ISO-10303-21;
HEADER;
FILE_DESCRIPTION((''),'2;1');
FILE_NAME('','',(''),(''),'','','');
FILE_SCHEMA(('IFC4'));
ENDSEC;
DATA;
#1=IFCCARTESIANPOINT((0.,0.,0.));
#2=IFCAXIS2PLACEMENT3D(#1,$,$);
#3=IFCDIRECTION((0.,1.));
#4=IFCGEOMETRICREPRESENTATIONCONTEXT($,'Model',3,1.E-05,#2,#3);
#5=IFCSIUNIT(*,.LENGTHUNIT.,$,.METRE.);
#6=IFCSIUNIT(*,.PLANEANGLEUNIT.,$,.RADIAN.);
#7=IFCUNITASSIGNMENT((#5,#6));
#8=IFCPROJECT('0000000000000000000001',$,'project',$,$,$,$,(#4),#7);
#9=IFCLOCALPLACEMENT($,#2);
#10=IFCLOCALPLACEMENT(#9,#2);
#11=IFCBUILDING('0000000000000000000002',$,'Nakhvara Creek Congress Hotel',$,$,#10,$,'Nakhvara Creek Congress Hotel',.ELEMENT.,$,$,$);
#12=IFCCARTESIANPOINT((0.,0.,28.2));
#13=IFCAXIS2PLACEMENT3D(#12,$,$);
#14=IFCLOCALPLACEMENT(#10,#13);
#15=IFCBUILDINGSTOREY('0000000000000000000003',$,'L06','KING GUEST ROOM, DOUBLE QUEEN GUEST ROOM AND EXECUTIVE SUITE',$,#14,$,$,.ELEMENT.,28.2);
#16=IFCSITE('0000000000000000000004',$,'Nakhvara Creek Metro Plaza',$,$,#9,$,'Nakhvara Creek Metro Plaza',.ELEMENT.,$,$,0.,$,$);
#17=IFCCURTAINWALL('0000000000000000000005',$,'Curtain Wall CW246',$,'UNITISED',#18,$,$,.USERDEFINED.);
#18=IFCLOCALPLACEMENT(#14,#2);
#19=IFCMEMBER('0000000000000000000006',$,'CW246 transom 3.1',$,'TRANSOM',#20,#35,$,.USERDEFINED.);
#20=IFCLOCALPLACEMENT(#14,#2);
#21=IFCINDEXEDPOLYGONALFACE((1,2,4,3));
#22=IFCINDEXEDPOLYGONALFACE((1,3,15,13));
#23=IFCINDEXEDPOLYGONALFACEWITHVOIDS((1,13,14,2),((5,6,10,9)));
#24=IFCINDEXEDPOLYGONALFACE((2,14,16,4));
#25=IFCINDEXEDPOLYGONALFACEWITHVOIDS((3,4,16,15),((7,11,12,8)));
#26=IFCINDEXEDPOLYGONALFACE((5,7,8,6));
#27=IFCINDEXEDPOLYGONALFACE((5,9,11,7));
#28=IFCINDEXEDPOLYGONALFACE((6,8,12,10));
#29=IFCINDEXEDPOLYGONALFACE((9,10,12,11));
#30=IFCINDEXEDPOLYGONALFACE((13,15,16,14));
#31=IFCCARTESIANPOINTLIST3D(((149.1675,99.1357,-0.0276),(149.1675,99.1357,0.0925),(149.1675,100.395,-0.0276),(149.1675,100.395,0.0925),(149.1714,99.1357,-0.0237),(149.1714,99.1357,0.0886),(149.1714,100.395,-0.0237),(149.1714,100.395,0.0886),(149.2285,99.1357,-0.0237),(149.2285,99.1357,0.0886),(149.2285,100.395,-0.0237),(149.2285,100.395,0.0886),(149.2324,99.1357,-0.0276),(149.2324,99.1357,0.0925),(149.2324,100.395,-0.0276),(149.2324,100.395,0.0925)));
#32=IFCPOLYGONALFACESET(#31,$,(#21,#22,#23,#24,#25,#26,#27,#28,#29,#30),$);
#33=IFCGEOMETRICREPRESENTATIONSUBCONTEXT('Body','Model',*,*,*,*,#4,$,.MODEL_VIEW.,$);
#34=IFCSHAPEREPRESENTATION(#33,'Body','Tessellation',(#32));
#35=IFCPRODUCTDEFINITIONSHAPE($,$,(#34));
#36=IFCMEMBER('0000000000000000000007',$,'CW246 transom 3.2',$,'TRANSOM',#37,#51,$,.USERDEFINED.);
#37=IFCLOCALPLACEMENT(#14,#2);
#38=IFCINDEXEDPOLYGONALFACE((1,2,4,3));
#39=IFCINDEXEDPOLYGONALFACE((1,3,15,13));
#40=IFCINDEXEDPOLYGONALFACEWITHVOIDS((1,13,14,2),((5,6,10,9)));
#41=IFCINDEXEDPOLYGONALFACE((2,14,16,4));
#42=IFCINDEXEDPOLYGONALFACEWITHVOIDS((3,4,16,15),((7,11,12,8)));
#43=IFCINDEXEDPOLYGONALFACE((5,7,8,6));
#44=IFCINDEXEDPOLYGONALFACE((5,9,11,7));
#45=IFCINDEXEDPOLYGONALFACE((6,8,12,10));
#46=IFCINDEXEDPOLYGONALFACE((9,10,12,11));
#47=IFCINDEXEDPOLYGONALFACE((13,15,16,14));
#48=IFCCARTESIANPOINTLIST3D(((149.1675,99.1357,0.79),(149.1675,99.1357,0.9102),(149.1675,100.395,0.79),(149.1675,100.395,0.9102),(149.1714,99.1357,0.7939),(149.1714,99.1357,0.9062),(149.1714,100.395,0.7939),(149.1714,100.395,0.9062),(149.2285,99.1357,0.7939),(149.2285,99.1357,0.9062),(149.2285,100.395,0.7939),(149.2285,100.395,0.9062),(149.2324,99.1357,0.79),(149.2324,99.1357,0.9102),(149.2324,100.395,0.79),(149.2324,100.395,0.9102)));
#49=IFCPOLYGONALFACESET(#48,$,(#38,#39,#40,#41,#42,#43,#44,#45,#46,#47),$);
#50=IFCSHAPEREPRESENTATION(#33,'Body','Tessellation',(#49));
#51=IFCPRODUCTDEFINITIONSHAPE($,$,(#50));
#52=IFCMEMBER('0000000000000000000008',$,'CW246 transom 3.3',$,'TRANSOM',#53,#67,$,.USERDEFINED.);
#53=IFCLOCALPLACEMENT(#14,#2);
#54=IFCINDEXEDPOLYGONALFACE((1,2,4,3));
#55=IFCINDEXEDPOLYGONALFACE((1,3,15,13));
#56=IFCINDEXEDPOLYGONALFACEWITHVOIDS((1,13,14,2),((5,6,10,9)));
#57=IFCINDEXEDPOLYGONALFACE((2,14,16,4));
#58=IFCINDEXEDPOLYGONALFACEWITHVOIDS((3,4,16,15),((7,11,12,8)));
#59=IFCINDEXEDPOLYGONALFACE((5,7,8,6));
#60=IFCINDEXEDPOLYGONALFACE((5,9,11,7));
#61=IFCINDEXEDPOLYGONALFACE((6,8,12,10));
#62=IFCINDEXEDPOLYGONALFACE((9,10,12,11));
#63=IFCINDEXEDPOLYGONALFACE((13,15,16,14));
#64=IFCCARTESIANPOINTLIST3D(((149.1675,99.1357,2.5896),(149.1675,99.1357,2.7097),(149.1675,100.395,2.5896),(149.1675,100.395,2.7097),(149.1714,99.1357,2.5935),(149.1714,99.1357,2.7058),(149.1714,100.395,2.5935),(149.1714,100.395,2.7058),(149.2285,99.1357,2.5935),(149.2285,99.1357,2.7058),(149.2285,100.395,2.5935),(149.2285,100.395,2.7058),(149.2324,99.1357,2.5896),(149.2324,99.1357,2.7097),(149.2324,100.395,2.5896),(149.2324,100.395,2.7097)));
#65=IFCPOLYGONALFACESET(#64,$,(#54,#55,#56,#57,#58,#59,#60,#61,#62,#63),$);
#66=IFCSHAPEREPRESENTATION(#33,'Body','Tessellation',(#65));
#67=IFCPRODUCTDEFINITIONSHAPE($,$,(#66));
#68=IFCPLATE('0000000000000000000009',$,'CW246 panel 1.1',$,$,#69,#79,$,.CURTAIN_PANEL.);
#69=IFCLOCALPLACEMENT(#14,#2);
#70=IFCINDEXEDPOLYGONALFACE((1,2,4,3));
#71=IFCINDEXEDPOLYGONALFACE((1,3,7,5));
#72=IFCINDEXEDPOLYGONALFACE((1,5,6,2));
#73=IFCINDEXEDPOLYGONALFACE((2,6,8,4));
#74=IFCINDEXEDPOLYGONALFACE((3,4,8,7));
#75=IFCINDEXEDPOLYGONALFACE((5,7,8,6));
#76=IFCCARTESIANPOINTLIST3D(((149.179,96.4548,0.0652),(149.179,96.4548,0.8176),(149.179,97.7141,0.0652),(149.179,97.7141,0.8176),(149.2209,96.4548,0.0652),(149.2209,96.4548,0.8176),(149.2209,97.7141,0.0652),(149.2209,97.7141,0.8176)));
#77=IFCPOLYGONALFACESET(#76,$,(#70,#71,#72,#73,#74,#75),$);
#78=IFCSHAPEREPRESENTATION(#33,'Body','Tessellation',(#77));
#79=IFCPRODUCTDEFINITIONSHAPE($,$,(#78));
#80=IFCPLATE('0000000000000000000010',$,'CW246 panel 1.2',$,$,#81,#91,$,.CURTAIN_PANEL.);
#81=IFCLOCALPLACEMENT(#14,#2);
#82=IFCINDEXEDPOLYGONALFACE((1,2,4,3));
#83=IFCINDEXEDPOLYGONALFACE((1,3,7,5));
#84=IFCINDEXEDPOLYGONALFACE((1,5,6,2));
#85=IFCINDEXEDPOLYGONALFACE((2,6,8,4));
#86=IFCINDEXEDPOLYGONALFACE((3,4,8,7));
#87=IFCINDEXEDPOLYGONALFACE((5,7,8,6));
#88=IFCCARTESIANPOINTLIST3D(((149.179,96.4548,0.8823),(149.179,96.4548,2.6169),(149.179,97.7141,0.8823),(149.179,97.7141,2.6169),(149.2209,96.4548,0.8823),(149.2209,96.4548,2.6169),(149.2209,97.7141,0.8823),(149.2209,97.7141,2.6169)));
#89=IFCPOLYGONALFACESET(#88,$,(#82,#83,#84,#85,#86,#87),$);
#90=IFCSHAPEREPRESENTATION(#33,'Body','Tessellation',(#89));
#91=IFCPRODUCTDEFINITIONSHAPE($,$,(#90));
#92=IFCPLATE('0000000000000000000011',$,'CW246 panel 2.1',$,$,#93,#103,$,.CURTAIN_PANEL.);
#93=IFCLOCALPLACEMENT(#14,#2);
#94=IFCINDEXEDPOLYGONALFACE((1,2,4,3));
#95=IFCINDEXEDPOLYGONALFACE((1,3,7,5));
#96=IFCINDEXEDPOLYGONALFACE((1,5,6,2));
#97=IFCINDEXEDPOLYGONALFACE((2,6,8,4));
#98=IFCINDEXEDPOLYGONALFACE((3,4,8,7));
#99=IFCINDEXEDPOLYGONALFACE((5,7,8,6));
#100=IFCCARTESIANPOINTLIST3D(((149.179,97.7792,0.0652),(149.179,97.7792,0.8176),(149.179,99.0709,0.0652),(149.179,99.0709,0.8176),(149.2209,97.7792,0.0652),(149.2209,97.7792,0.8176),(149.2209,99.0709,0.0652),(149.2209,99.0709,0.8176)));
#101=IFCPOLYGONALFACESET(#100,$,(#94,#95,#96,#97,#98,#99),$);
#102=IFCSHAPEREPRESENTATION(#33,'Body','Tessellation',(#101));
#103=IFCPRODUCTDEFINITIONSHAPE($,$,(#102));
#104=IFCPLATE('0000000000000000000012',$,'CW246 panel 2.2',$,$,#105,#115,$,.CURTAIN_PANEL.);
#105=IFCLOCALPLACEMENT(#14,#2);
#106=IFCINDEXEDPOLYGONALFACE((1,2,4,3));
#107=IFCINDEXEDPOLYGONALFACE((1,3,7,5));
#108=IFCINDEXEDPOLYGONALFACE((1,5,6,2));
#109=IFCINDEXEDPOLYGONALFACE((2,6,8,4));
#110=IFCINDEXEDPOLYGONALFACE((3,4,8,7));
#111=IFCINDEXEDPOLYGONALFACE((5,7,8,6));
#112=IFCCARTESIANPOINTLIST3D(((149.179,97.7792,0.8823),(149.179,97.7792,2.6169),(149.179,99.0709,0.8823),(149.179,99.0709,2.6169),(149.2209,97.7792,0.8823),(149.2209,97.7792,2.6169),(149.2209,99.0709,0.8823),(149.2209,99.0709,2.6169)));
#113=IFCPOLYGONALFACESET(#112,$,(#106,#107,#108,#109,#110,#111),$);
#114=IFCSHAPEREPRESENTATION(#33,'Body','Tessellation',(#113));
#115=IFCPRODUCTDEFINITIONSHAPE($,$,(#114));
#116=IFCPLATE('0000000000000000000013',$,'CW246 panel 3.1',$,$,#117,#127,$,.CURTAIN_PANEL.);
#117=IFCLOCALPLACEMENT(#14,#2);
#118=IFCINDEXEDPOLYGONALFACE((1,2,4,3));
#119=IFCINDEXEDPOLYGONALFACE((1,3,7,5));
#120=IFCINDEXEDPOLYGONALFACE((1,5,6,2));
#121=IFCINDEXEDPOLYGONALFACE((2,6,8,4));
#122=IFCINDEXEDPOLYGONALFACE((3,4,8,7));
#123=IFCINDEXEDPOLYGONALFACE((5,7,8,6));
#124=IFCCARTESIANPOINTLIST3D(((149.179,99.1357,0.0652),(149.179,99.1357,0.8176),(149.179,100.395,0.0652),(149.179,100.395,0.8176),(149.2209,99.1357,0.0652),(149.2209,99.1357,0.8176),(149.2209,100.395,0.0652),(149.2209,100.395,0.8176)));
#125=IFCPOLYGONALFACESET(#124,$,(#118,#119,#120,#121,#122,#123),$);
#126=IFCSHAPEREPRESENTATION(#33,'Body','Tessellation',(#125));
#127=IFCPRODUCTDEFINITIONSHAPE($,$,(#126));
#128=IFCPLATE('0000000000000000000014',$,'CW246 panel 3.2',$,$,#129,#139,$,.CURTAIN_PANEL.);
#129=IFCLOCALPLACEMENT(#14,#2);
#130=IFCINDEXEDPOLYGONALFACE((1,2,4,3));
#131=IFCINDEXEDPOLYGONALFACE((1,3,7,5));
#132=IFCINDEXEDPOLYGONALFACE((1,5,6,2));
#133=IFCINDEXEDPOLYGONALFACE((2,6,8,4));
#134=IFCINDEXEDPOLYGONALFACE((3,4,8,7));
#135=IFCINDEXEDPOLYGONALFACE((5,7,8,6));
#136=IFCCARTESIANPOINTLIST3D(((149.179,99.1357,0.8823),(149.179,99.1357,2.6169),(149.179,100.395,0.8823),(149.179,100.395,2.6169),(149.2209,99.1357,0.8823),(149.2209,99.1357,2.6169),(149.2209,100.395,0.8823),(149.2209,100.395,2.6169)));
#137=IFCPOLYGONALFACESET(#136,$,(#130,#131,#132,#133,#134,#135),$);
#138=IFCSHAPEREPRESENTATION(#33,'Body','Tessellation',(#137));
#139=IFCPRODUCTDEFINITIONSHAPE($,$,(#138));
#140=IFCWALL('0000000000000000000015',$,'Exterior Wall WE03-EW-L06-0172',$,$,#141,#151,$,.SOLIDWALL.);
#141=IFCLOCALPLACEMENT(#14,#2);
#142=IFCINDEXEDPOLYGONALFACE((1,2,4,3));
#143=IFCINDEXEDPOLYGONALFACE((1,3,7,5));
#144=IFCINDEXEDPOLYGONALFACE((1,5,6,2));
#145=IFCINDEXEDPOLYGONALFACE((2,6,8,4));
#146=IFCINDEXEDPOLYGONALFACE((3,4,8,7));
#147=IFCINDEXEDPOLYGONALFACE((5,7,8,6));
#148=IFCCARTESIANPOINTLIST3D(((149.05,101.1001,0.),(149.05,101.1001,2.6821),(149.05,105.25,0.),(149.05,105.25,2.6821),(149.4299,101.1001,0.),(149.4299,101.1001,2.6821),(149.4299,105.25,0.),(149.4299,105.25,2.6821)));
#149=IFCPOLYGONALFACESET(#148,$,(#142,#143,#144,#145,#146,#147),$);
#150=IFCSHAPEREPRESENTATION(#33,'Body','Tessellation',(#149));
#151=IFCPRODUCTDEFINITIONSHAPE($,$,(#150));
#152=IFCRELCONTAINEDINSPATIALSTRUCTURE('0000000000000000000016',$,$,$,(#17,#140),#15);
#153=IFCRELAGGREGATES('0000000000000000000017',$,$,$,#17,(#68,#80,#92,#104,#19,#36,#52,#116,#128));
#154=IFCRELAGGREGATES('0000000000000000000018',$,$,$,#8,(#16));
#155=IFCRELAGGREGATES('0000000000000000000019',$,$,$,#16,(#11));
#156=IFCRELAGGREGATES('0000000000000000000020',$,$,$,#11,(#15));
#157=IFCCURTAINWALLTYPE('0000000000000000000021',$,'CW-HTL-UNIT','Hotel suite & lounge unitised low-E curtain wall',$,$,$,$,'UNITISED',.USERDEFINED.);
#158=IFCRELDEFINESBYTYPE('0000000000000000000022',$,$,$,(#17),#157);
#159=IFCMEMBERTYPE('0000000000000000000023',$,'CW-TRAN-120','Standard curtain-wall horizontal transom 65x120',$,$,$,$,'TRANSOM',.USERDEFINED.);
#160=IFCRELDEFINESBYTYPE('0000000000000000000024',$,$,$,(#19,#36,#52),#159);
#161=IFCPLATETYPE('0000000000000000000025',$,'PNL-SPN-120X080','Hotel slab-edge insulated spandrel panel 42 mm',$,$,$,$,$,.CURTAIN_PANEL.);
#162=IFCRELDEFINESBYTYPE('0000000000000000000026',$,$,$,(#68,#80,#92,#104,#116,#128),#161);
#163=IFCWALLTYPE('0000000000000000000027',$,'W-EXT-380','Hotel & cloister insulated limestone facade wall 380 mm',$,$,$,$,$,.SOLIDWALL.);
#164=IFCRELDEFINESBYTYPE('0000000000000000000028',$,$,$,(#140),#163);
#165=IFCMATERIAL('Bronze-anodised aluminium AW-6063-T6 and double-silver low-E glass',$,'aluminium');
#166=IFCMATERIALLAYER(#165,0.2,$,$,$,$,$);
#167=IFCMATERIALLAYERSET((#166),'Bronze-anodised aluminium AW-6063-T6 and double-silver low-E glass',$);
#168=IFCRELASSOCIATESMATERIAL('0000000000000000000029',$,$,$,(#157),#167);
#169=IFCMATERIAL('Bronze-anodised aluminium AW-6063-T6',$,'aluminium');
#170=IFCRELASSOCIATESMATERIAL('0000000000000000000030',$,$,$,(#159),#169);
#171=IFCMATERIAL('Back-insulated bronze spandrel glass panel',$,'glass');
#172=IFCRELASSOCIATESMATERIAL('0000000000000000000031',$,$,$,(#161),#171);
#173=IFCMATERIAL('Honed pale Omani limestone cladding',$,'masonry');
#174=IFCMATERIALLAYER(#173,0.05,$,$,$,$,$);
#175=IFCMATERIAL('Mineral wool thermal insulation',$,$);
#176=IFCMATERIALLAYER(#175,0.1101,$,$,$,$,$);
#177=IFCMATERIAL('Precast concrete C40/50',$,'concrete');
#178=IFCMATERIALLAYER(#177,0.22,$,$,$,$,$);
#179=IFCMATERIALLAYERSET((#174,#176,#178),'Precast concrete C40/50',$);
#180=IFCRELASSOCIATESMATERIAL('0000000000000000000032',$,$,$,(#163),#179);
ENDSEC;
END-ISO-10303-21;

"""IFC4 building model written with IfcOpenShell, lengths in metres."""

from ifc_helpers import new_model, si_unit, direction, frame, frame_2d, origin, origin_2d, place, context, subcontext, project, spatial, rectangle, hollow_rectangle, extrude, material, layer, layer_set, material_profile, profile_set, type_object, element, aggregate, save


model = new_model("IFC4")

# Units and contexts
model_context = context("Model", 3, precision=1e-05, world=origin(), true_north=direction((0.0, 1.0)))
body_context = subcontext(model_context, "Body", "Model", "MODEL_VIEW")
ifc_project = project(units=[si_unit("LENGTHUNIT", "METRE"), si_unit("PLANEANGLEUNIT", "RADIAN")], contexts=[model_context])

# Site, building, storey
site_placement = place(None, origin())
site = spatial("IfcSite", under=ifc_project, at=site_placement, Name="Nakhvara Creek Metro Plaza", LongName="Nakhvara Creek Metro Plaza", CompositionType="ELEMENT", RefElevation=0.0)
building_placement = place(site_placement, origin())
building = spatial("IfcBuilding", under=site, at=building_placement, Name="Nakhvara Creek Congress Hotel", LongName="Nakhvara Creek Congress Hotel", CompositionType="ELEMENT")
storey_placement = place(building_placement, frame((0.0, 0.0, 28.2)))
storey = spatial("IfcBuildingStorey", under=building, at=storey_placement, Name="L06", Description="KING GUEST ROOM, DOUBLE QUEEN GUEST ROOM AND EXECUTIVE SUITE", CompositionType="ELEMENT", Elevation=28.2)

# Shared definitions
ifc_material_1 = material(Name="Bronze-anodised aluminium AW-6063-T6 and double-silver low-E glass", Category="aluminium")
ifc_layer_1 = layer(ifc_material_1, 0.2)
ifc_layer_set_1 = layer_set([ifc_layer_1], Name="Bronze-anodised aluminium AW-6063-T6 and double-silver low-E glass")
curtain_wall_type = type_object("IfcCurtainWallType", Name="CW-HTL-UNIT", Description="Hotel suite & lounge unitised low-E curtain wall", ElementType="UNITISED", PredefinedType="USERDEFINED", material=ifc_layer_set_1)
ifc_material_2 = material(Name="Bronze-anodised aluminium AW-6063-T6", Category="aluminium")

# Curtain wall, members, plates
curtain_wall_1_placement = place(storey_placement, origin())
curtain_wall_1 = element("IfcCurtainWall", 1, at=curtain_wall_1_placement, inside=storey, type_object=curtain_wall_type, Name="Curtain Wall CW246", ObjectType="UNITISED", PredefinedType="USERDEFINED")
ifc_material_profile_1 = material_profile(ifc_material_2, hollow_rectangle(XDim=0.0649, YDim=0.1201, WallThickness=0.0039, at=origin_2d()), Name="ALU-TRAN 65x120x4", Category="LoadBearing")
ifc_profile_set_1 = profile_set([ifc_material_profile_1], Name="Bronze-anodised aluminium AW-6063-T6")
member_type_1 = type_object("IfcMemberType", Name="CW-TRAN-120", Description="Standard curtain-wall horizontal transom 65x120", ElementType="TRANSOM", PredefinedType="USERDEFINED", material=ifc_profile_set_1)
member_1_placement = place(storey_placement, frame((149.2, 99.1357, 0.0325), z_axis=(0.0, 1.0, 0.0), x_axis=(-1.0, 0.0, 0.0)))
member_1 = element("IfcMember", 2, at=member_1_placement, type_object=member_type_1, Name="CW246 transom 3.1", ObjectType="TRANSOM", PredefinedType="USERDEFINED", context=body_context, shape_type="SweptSolid", body=[
    extrude(hollow_rectangle(XDim=0.0649, YDim=0.1201, WallThickness=0.0039, at=origin_2d()), origin(), (0.0, 0.0, 1.0), 1.2593),
])
member_2_placement = place(storey_placement, frame((149.2, 99.1357, 0.8501), z_axis=(0.0, 1.0, 0.0), x_axis=(-1.0, 0.0, 0.0)))
member_2 = element("IfcMember", 3, at=member_2_placement, type_object=member_type_1, Name="CW246 transom 3.2", ObjectType="TRANSOM", PredefinedType="USERDEFINED", context=body_context, shape_type="SweptSolid", body=[
    extrude(hollow_rectangle(XDim=0.0649, YDim=0.1201, WallThickness=0.0039, at=origin_2d()), origin(), (0.0, 0.0, 1.0), 1.2593),
])
member_3_placement = place(storey_placement, frame((149.2, 99.1357, 2.6497), z_axis=(0.0, 1.0, 0.0), x_axis=(-1.0, 0.0, 0.0)))
member_3 = element("IfcMember", 4, at=member_3_placement, type_object=member_type_1, Name="CW246 transom 3.3", ObjectType="TRANSOM", PredefinedType="USERDEFINED", context=body_context, shape_type="SweptSolid", body=[
    extrude(hollow_rectangle(XDim=0.0649, YDim=0.1201, WallThickness=0.0039, at=origin_2d()), origin(), (0.0, 0.0, 1.0), 1.2593),
])
ifc_material_3 = material(Name="Back-insulated bronze spandrel glass panel", Category="glass")
plate_type = type_object("IfcPlateType", Name="PNL-SPN-120X080", Description="Hotel slab-edge insulated spandrel panel 42 mm", PredefinedType="CURTAIN_PANEL", material=ifc_material_3)
plate_1_placement = place(storey_placement, frame((149.2, 97.0845, 0.0652), z_axis=(0.0, 0.0, 1.0), x_axis=(0.0, 1.0, 0.0)))
plate_1 = element("IfcPlate", 5, at=plate_1_placement, type_object=plate_type, Name="CW246 panel 1.1", PredefinedType="CURTAIN_PANEL", context=body_context, shape_type="SweptSolid", body=[
    extrude(rectangle(XDim=1.2593, YDim=0.042, at=origin_2d()), origin(), (0.0, 0.0, 1.0), 0.7524),
])
plate_2_placement = place(storey_placement, frame((149.2, 97.0845, 0.8823), z_axis=(0.0, 0.0, 1.0), x_axis=(0.0, 1.0, 0.0)))
plate_2 = element("IfcPlate", 6, at=plate_2_placement, type_object=plate_type, Name="CW246 panel 1.2", PredefinedType="CURTAIN_PANEL", context=body_context, shape_type="SweptSolid", body=[
    extrude(rectangle(XDim=1.2593, YDim=0.042, at=origin_2d()), origin(), (0.0, 0.0, 1.0), 1.7346),
])
plate_3_placement = place(storey_placement, frame((149.2, 98.425, 0.0652), z_axis=(0.0, 0.0, 1.0), x_axis=(0.0, 1.0, 0.0)))
plate_3 = element("IfcPlate", 7, at=plate_3_placement, type_object=plate_type, Name="CW246 panel 2.1", PredefinedType="CURTAIN_PANEL", context=body_context, shape_type="SweptSolid", body=[
    extrude(rectangle(XDim=1.2917, YDim=0.042, at=origin_2d()), origin(), (0.0, 0.0, 1.0), 0.7524),
])
plate_4_placement = place(storey_placement, frame((149.2, 98.425, 0.8823), z_axis=(0.0, 0.0, 1.0), x_axis=(0.0, 1.0, 0.0)))
plate_4 = element("IfcPlate", 8, at=plate_4_placement, type_object=plate_type, Name="CW246 panel 2.2", PredefinedType="CURTAIN_PANEL", context=body_context, shape_type="SweptSolid", body=[
    extrude(rectangle(XDim=1.2917, YDim=0.042, at=origin_2d()), origin(), (0.0, 0.0, 1.0), 1.7346),
])
plate_5_placement = place(storey_placement, frame((149.2, 99.7654, 0.0652), z_axis=(0.0, 0.0, 1.0), x_axis=(0.0, 1.0, 0.0)))
plate_5 = element("IfcPlate", 9, at=plate_5_placement, type_object=plate_type, Name="CW246 panel 3.1", PredefinedType="CURTAIN_PANEL", context=body_context, shape_type="SweptSolid", body=[
    extrude(rectangle(XDim=1.2593, YDim=0.042, at=origin_2d()), origin(), (0.0, 0.0, 1.0), 0.7524),
])
plate_6_placement = place(storey_placement, frame((149.2, 99.7654, 0.8823), z_axis=(0.0, 0.0, 1.0), x_axis=(0.0, 1.0, 0.0)))
plate_6 = element("IfcPlate", 10, at=plate_6_placement, type_object=plate_type, Name="CW246 panel 3.2", PredefinedType="CURTAIN_PANEL", context=body_context, shape_type="SweptSolid", body=[
    extrude(rectangle(XDim=1.2593, YDim=0.042, at=origin_2d()), origin(), (0.0, 0.0, 1.0), 1.7346),
])
aggregate(curtain_wall_1, [plate_1, plate_2, plate_3, plate_4, member_1, member_2, member_3, plate_5, plate_6])

# Wall
ifc_material_4 = material(Name="Honed pale Omani limestone cladding", Category="masonry")
ifc_layer_2 = layer(ifc_material_4, 0.05)
ifc_material_5 = material(Name="Mineral wool thermal insulation")
ifc_layer_3 = layer(ifc_material_5, 0.1101)
ifc_material_6 = material(Name="Precast concrete C40/50", Category="concrete")
ifc_layer_4 = layer(ifc_material_6, 0.22)
ifc_layer_set_2 = layer_set([ifc_layer_2, ifc_layer_3, ifc_layer_4], Name="Precast concrete C40/50")
wall_type = type_object("IfcWallType", Name="W-EXT-380", Description="Hotel & cloister insulated limestone facade wall 380 mm", PredefinedType="SOLIDWALL", material=ifc_layer_set_2)
wall_placement = place(storey_placement, frame((149.24, 101.1001, 0.0), z_axis=(0.0, 0.0, 1.0), x_axis=(0.0, 1.0, 0.0)))
element("IfcWall", 11, at=wall_placement, inside=storey, type_object=wall_type, Name="Exterior Wall WE03-EW-L06-0172", PredefinedType="SOLIDWALL", context=body_context, shape_type="SweptSolid", body=[
    extrude(rectangle(XDim=4.1499, YDim=0.3799, at=frame_2d((2.075, 0.0))), origin(), (0.0, 0.0, 1.0), 2.6821),
])

save(model, "model.ifc")
